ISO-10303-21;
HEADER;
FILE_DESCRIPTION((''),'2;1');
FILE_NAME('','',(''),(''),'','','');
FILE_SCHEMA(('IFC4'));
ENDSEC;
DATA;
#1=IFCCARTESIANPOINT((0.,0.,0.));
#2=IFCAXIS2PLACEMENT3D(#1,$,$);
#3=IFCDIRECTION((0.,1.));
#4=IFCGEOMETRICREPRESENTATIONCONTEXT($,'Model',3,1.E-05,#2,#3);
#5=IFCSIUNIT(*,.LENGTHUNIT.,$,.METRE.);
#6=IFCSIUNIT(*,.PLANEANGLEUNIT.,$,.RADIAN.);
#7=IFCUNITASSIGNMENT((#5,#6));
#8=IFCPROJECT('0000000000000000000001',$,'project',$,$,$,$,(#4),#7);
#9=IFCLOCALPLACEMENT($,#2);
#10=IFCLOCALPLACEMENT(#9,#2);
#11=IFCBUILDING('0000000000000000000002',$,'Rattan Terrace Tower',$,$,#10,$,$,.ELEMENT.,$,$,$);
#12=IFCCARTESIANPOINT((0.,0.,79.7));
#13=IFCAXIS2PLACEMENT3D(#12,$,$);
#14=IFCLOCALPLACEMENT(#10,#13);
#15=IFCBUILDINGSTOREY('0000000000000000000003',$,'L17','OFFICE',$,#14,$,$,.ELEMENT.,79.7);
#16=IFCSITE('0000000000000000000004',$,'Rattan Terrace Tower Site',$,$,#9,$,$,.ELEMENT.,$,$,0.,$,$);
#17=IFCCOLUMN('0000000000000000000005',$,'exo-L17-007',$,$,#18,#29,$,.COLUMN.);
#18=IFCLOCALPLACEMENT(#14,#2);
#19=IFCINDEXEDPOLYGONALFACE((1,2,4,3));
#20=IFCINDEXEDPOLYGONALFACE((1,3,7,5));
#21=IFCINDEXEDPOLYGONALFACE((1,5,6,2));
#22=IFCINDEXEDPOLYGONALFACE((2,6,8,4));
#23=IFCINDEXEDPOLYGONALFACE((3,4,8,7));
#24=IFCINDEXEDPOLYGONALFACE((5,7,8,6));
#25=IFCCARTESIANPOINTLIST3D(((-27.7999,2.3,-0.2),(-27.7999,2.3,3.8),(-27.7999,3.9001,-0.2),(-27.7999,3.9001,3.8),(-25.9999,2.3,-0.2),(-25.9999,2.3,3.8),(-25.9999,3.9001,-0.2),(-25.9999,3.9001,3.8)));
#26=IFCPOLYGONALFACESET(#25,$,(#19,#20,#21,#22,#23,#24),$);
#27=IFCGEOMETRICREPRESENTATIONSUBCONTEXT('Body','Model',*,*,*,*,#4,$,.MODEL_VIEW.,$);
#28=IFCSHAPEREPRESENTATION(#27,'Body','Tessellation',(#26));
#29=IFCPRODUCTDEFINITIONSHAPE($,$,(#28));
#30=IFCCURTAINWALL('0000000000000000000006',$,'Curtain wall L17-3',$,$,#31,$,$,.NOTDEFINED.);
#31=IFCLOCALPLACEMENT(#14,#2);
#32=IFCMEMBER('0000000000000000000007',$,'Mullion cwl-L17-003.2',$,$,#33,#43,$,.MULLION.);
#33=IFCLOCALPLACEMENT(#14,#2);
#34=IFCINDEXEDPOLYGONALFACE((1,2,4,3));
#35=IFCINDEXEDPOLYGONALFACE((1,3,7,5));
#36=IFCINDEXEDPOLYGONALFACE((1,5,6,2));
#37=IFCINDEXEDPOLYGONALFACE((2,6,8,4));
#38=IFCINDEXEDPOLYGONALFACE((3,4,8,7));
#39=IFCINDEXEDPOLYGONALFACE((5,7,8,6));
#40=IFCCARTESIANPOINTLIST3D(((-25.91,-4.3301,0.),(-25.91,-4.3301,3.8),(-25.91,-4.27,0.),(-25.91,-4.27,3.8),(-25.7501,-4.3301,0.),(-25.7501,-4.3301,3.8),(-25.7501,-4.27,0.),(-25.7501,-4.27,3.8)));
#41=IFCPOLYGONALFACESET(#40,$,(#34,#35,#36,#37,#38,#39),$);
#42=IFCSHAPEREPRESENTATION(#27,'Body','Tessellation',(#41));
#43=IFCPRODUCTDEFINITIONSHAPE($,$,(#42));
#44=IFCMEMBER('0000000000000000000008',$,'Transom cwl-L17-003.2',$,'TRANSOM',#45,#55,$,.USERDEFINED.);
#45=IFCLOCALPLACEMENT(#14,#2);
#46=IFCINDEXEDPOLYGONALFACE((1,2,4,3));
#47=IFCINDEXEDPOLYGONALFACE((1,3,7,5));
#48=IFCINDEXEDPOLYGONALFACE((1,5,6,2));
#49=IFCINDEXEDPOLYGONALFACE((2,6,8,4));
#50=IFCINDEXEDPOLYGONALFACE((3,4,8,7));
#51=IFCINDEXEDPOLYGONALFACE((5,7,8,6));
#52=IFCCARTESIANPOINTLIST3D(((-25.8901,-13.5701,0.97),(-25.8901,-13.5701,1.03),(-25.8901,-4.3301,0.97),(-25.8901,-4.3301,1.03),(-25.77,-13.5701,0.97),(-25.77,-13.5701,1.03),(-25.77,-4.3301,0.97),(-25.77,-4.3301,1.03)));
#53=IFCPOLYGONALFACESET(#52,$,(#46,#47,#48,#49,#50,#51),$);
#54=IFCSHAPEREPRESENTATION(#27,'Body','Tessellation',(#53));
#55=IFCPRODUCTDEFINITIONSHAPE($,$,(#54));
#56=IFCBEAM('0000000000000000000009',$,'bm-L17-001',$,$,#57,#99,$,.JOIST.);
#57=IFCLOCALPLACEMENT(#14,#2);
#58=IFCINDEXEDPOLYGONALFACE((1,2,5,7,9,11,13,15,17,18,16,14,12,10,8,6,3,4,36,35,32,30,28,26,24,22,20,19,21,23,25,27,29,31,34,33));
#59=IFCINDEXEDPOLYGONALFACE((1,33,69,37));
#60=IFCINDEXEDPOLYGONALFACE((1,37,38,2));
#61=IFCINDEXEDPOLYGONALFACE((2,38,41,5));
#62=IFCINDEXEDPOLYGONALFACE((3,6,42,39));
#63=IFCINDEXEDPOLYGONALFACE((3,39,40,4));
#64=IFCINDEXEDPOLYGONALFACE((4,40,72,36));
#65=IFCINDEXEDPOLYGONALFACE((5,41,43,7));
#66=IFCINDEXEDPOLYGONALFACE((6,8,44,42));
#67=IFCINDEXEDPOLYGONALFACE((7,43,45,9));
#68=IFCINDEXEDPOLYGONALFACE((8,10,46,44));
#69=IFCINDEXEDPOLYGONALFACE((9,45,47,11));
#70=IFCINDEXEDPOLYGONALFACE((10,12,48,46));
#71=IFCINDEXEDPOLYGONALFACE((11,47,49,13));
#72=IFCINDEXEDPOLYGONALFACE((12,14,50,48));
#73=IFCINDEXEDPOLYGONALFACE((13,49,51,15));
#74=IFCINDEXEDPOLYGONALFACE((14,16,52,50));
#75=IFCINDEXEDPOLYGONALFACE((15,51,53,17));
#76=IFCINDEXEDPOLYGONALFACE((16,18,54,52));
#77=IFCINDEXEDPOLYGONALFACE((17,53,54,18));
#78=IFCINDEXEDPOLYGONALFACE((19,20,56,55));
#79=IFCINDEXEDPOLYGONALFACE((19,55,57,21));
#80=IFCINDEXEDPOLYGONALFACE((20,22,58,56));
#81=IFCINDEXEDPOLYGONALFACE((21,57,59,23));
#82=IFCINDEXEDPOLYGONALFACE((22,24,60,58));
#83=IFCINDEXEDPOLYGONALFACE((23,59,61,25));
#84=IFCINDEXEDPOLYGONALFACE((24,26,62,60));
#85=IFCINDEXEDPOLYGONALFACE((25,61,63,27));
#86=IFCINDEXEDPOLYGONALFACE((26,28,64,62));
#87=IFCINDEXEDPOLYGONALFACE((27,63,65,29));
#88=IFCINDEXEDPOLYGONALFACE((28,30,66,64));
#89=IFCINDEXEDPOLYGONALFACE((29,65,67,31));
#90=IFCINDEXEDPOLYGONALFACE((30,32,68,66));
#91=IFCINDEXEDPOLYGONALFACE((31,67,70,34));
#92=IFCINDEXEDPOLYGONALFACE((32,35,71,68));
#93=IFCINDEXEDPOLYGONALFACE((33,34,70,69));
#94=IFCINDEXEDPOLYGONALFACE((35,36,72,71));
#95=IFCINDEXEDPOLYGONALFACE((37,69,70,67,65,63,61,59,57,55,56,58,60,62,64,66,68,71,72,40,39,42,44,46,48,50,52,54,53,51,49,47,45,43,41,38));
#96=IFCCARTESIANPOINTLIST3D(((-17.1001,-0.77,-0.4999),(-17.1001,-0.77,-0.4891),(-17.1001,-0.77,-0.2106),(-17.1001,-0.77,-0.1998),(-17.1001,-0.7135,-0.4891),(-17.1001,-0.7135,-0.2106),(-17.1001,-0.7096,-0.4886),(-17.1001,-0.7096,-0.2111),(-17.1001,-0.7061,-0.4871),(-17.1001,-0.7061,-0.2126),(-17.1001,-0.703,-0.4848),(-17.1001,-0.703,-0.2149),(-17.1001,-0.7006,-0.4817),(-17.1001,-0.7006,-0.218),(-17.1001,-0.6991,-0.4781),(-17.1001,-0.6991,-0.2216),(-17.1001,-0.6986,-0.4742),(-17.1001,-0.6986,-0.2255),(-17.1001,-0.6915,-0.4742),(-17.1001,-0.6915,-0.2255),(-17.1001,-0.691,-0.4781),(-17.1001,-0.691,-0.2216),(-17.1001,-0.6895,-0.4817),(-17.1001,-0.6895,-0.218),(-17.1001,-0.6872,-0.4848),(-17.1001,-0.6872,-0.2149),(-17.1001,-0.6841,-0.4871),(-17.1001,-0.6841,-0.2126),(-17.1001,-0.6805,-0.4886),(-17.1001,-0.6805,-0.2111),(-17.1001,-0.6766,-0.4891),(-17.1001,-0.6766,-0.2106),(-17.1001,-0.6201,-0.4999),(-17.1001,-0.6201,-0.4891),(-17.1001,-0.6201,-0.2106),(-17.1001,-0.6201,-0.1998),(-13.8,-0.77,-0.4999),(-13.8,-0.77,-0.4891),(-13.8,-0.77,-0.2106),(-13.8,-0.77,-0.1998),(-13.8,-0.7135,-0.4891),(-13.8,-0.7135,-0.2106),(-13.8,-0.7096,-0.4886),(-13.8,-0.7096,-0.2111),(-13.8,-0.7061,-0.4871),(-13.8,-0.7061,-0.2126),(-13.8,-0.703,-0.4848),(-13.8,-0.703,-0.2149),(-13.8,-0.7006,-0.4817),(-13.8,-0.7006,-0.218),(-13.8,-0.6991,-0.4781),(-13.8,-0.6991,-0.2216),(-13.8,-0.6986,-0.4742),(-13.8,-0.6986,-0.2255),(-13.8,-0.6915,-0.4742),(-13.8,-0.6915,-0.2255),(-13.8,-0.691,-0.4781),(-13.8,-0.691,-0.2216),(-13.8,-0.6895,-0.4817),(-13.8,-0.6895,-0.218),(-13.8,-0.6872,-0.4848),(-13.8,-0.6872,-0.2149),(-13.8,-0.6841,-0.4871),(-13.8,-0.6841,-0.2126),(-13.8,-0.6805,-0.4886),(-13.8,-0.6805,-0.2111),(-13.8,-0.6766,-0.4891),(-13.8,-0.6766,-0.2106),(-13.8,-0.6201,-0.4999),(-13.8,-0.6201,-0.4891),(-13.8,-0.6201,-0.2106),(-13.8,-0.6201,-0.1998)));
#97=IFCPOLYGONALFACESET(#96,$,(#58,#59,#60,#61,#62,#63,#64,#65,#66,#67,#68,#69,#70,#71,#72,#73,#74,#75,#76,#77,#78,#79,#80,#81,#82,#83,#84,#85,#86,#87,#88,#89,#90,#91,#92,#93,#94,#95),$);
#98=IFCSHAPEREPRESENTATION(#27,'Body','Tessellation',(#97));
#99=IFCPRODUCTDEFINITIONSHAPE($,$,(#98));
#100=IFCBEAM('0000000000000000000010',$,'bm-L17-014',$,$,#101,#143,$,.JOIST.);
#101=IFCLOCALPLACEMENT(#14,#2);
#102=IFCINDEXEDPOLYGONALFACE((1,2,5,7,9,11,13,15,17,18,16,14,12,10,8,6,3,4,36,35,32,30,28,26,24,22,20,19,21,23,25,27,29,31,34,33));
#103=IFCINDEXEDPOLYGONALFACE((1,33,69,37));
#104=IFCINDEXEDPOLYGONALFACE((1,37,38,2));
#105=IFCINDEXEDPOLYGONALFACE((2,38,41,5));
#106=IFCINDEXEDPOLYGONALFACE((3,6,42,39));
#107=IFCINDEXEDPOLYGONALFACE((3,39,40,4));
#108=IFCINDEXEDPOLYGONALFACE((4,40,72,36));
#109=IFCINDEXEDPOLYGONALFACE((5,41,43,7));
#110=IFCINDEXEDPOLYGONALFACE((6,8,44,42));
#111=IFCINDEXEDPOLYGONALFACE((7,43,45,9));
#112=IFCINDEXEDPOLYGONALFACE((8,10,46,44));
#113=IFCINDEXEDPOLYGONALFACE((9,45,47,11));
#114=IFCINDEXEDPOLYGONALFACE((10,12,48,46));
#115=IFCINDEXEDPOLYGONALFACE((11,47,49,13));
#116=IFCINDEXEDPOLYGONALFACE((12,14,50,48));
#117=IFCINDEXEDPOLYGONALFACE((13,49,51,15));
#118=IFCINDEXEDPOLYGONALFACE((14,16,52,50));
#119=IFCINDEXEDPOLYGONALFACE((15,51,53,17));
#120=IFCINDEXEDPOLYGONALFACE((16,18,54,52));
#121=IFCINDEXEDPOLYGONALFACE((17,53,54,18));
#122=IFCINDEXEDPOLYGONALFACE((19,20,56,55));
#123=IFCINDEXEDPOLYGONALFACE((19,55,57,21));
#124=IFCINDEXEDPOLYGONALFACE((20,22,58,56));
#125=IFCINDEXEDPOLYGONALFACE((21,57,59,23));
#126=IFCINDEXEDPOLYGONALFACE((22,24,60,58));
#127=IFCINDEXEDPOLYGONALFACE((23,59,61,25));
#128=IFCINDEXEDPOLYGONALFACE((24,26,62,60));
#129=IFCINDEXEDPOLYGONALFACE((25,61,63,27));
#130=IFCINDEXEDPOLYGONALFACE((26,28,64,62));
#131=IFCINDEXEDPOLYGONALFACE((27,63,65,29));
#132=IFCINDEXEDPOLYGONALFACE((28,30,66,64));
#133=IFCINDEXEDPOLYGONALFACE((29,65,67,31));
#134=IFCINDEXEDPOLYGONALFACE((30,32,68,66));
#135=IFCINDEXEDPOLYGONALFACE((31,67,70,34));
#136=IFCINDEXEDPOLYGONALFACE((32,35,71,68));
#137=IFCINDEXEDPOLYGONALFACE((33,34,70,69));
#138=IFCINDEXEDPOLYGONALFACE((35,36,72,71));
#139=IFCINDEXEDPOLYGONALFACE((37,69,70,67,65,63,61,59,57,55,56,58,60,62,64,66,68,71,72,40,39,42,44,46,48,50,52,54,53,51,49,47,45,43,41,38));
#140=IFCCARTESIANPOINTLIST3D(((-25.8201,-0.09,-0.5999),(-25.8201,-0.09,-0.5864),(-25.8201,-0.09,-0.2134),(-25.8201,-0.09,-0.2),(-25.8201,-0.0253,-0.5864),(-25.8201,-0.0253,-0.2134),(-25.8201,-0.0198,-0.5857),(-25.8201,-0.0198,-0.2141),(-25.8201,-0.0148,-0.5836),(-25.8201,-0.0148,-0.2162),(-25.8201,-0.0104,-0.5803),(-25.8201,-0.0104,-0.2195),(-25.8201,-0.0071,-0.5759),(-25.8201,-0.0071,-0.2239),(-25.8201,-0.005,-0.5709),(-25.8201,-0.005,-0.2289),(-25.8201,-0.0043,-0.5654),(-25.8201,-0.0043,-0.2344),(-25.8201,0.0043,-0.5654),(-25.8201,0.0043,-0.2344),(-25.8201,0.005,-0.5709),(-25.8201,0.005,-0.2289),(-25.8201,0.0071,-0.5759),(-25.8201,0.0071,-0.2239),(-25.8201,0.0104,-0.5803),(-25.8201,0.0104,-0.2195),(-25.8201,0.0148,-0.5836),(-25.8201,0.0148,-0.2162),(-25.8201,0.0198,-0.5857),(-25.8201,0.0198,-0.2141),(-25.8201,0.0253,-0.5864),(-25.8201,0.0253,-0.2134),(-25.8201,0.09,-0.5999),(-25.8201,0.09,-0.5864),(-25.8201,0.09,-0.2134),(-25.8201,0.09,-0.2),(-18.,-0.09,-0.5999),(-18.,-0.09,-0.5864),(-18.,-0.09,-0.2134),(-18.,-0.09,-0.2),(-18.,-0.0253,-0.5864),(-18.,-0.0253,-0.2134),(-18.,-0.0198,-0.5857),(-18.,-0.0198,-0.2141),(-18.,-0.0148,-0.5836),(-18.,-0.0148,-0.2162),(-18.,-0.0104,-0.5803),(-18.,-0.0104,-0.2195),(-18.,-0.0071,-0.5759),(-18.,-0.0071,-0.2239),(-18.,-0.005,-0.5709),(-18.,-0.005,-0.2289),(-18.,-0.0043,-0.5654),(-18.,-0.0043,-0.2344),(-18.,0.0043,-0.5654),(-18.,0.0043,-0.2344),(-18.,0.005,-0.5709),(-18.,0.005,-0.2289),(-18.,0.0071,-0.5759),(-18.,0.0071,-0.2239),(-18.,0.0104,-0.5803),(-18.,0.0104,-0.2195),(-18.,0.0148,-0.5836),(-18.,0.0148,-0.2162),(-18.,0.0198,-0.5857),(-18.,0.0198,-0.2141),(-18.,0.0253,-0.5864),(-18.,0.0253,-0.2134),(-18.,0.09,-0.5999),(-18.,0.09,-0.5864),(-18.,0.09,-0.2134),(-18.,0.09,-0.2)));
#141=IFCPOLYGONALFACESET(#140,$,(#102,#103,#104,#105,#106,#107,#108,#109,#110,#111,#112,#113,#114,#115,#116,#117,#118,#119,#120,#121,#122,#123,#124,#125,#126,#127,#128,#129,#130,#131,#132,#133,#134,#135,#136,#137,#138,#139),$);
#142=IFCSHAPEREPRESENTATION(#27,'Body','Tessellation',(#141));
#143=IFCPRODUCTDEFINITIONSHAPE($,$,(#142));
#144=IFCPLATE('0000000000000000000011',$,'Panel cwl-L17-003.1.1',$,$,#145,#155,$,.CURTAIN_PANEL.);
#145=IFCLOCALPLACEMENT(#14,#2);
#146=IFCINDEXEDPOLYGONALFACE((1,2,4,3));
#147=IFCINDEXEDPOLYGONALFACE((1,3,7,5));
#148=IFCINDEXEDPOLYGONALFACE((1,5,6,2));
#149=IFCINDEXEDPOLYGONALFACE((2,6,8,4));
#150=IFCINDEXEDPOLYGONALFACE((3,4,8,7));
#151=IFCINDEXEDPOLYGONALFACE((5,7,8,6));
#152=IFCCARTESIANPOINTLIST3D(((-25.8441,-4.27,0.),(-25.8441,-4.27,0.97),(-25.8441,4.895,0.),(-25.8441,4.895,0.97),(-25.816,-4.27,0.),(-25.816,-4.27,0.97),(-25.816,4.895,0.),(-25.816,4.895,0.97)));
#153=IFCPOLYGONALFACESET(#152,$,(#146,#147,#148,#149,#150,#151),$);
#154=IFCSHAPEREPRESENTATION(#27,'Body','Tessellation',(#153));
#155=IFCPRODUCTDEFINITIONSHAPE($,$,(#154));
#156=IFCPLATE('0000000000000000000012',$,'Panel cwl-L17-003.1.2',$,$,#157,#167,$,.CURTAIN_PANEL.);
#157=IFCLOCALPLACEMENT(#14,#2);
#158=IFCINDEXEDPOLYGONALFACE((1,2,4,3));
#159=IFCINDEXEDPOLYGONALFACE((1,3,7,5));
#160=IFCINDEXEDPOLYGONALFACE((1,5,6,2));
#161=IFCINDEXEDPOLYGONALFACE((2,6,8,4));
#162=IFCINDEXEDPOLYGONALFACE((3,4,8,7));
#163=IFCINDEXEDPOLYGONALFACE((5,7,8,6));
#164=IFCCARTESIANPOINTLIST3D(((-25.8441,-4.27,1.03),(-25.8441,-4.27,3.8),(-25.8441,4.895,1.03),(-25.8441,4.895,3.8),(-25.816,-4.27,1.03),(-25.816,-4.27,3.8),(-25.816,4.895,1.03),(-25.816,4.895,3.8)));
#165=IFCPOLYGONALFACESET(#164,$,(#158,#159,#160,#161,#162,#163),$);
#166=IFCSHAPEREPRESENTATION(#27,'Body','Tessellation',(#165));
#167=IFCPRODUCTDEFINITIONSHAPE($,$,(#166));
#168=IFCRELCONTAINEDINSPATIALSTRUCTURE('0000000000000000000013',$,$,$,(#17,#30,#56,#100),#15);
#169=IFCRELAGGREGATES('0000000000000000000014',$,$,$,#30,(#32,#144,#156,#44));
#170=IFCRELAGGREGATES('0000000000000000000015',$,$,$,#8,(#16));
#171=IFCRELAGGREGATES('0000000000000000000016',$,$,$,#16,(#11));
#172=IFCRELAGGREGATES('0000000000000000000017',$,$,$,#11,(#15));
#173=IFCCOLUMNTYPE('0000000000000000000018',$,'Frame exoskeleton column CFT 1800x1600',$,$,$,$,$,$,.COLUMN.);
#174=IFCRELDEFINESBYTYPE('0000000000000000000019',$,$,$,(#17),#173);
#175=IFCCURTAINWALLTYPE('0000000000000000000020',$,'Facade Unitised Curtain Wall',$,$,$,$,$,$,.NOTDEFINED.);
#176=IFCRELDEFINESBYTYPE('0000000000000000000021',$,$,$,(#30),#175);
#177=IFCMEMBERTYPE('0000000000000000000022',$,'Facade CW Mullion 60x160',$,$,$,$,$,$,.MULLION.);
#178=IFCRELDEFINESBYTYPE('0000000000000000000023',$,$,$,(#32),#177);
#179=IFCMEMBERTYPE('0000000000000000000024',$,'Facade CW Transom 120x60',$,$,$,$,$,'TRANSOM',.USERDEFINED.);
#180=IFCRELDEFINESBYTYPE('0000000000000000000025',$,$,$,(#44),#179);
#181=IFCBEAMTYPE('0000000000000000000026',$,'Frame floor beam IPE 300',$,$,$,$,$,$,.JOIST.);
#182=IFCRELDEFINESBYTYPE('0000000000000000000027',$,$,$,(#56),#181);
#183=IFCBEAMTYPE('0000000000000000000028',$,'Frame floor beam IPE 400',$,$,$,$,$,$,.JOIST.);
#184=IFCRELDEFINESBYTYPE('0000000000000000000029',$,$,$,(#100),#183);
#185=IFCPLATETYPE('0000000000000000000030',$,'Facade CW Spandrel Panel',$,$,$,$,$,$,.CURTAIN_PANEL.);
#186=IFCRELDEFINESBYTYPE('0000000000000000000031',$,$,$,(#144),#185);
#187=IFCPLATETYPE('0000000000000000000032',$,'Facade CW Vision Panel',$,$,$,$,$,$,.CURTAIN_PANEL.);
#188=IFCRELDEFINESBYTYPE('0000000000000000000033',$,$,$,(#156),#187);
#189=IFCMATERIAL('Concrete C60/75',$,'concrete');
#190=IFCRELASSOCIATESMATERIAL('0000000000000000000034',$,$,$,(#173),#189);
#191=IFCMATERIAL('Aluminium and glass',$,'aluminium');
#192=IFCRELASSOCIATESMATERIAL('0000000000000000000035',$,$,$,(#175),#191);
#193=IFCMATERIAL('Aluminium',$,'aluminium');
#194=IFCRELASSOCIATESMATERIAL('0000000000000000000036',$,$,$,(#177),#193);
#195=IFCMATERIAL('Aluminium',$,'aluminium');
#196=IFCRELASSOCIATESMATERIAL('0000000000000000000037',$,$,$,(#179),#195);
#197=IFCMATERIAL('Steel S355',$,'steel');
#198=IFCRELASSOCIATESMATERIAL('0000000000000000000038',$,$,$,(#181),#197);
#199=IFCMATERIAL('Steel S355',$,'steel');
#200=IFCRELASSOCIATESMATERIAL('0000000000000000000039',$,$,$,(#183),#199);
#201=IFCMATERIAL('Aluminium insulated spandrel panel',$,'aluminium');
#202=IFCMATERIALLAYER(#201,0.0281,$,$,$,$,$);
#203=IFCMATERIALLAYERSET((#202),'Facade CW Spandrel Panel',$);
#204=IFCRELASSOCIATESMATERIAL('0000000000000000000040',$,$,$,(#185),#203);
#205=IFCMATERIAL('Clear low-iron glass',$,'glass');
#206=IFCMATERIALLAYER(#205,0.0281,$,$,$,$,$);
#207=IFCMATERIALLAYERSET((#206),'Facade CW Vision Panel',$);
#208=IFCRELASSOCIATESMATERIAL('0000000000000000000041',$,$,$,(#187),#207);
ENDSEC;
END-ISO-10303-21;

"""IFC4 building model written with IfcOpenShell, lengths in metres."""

from ifc_helpers import new_model, si_unit, direction, frame, origin, origin_2d, place, context, subcontext, project, spatial, rectangle, i_section, extrude, material, layer, layer_set, material_profile, profile_set, type_object, element, aggregate, save


model = new_model("IFC4")

# Units and contexts
model_context = context("Model", 3, precision=1e-05, world=origin(), true_north=direction((0.0, 1.0)))
body_context = subcontext(model_context, "Body", "Model", "MODEL_VIEW")
ifc_project = project(units=[si_unit("LENGTHUNIT", "METRE"), si_unit("PLANEANGLEUNIT", "RADIAN")], contexts=[model_context])

# Site, building, storey
site_placement = place(None, origin())
site = spatial("IfcSite", under=ifc_project, at=site_placement, Name="Rattan Terrace Tower Site", CompositionType="ELEMENT", RefElevation=0.0)
building_placement = place(site_placement, origin())
building = spatial("IfcBuilding", under=site, at=building_placement, Name="Rattan Terrace Tower", CompositionType="ELEMENT")
storey_placement = place(building_placement, frame((0.0, 0.0, 79.7)))
storey = spatial("IfcBuildingStorey", under=building, at=storey_placement, Name="L17", Description="OFFICE", CompositionType="ELEMENT", Elevation=79.7)

# Column
ifc_material_1 = material(Name="Concrete C60/75", Category="concrete")
ifc_material_profile_1 = material_profile(ifc_material_1, rectangle(XDim=1.6001, YDim=1.8, at=origin_2d()), Name="CFT 1800x1600")
ifc_profile_set_1 = profile_set([ifc_material_profile_1], Name="Concrete C60/75")
column_type = type_object("IfcColumnType", Name="Frame exoskeleton column CFT 1800x1600", PredefinedType="COLUMN", material=ifc_profile_set_1)
column_placement = place(storey_placement, frame((-26.8999, 3.1001, -0.2), z_axis=(0.0, 0.0, 1.0), x_axis=(0.0, 1.0, 0.0)))
element("IfcColumn", 1, at=column_placement, inside=storey, type_object=column_type, Name="exo-L17-007", PredefinedType="COLUMN", context=body_context, shape_type="SweptSolid", body=[
    extrude(rectangle(XDim=1.6001, YDim=1.8, at=origin_2d()), origin(), (0.0, 0.0, 1.0), 4.0),
])

# Curtain wall, members
ifc_material_2 = material(Name="Aluminium and glass", Category="aluminium")
curtain_wall_type = type_object("IfcCurtainWallType", Name="Facade Unitised Curtain Wall", PredefinedType="NOTDEFINED", material=ifc_material_2)
curtain_wall_placement = place(storey_placement, origin())
curtain_wall = element("IfcCurtainWall", 2, at=curtain_wall_placement, inside=storey, type_object=curtain_wall_type, Name="Curtain wall L17-3", PredefinedType="NOTDEFINED")
ifc_material_3 = material(Name="Aluminium", Category="aluminium")
ifc_material_profile_2 = material_profile(ifc_material_3, rectangle(XDim=0.0601, YDim=0.1599, at=origin_2d()), Name="Aluminium 60x160")
ifc_profile_set_2 = profile_set([ifc_material_profile_2], Name="Aluminium")
member_type_1 = type_object("IfcMemberType", Name="Facade CW Mullion 60x160", PredefinedType="MULLION", material=ifc_profile_set_2)
member_1_placement = place(storey_placement, frame((-25.8301, -4.3, 0.0), z_axis=(0.0, 0.0, 1.0), x_axis=(0.0, -1.0, 0.0)))
member_1 = element("IfcMember", 3, at=member_1_placement, type_object=member_type_1, Name="Mullion cwl-L17-003.2", PredefinedType="MULLION", context=body_context, shape_type="SweptSolid", body=[
    extrude(rectangle(XDim=0.0601, YDim=0.1599, at=origin_2d()), origin(), (0.0, 0.0, 1.0), 3.8),
])
ifc_material_4 = material(Name="Aluminium", Category="aluminium")
ifc_material_profile_3 = material_profile(ifc_material_4, rectangle(XDim=0.1201, YDim=0.0601, at=origin_2d()), Name="Aluminium 120x60")
ifc_profile_set_3 = profile_set([ifc_material_profile_3], Name="Aluminium")
member_type_2 = type_object("IfcMemberType", Name="Facade CW Transom 120x60", ElementType="TRANSOM", PredefinedType="USERDEFINED", material=ifc_profile_set_3)
member_2_placement = place(storey_placement, frame((-25.8301, -4.3301, 1.0), z_axis=(0.0, -1.0, 0.0), x_axis=(1.0, 0.0, 0.0)))
member_2 = element("IfcMember", 4, at=member_2_placement, type_object=member_type_2, Name="Transom cwl-L17-003.2", ObjectType="TRANSOM", PredefinedType="USERDEFINED", context=body_context, shape_type="SweptSolid", body=[
    extrude(rectangle(XDim=0.1201, YDim=0.0601, at=origin_2d()), origin(), (0.0, 0.0, 1.0), 9.24),
])

# Beams
ifc_material_5 = material(Name="Steel S355", Category="steel")
ifc_material_profile_4 = material_profile(ifc_material_5, i_section(OverallWidth=0.1499, OverallDepth=0.3, WebThickness=0.0071, FlangeThickness=0.0107, FilletRadius=0.0149, at=origin_2d()), Name="IPE 300")
ifc_profile_set_4 = profile_set([ifc_material_profile_4], Name="Steel S355")
beam_type_1 = type_object("IfcBeamType", Name="Frame floor beam IPE 300", PredefinedType="JOIST", material=ifc_profile_set_4)
beam_1_placement = place(storey_placement, frame((-17.1001, -0.6951, -0.3499), z_axis=(1.0, 0.0, 0.0), x_axis=(0.0, 1.0, 0.0)))
element("IfcBeam", 5, at=beam_1_placement, inside=storey, type_object=beam_type_1, Name="bm-L17-001", PredefinedType="JOIST", context=body_context, shape_type="SweptSolid", body=[
    extrude(i_section(OverallWidth=0.1499, OverallDepth=0.3, WebThickness=0.0071, FlangeThickness=0.0107, FilletRadius=0.0149, at=origin_2d()), origin(), (0.0, 0.0, 1.0), 3.3),
])
ifc_material_6 = material(Name="Steel S355", Category="steel")
ifc_material_profile_5 = material_profile(ifc_material_6, i_section(OverallWidth=0.1799, OverallDepth=0.3999, WebThickness=0.0085, FlangeThickness=0.0134, FilletRadius=0.021, at=origin_2d()), Name="IPE 400")
ifc_profile_set_5 = profile_set([ifc_material_profile_5], Name="Steel S355")
beam_type_2 = type_object("IfcBeamType", Name="Frame floor beam IPE 400", PredefinedType="JOIST", material=ifc_profile_set_5)
beam_2_placement = place(storey_placement, frame((-25.8201, 0.0, -0.3999), z_axis=(1.0, 0.0, 0.0), x_axis=(0.0, 1.0, 0.0)))
element("IfcBeam", 6, at=beam_2_placement, inside=storey, type_object=beam_type_2, Name="bm-L17-014", PredefinedType="JOIST", context=body_context, shape_type="SweptSolid", body=[
    extrude(i_section(OverallWidth=0.1799, OverallDepth=0.3999, WebThickness=0.0085, FlangeThickness=0.0134, FilletRadius=0.021, at=origin_2d()), origin(), (0.0, 0.0, 1.0), 7.8201),
])

# Plates
ifc_material_7 = material(Name="Aluminium insulated spandrel panel", Category="aluminium")
ifc_layer_1 = layer(ifc_material_7, 0.0281)
ifc_layer_set_1 = layer_set([ifc_layer_1], Name="Facade CW Spandrel Panel")
plate_type_1 = type_object("IfcPlateType", Name="Facade CW Spandrel Panel", PredefinedType="CURTAIN_PANEL", material=ifc_layer_set_1)
plate_1_placement = place(storey_placement, frame((-25.8301, 0.3125, 0.0), z_axis=(0.0, 0.0, 1.0), x_axis=(0.0, -1.0, 0.0)))
plate_1 = element("IfcPlate", 7, at=plate_1_placement, type_object=plate_type_1, Name="Panel cwl-L17-003.1.1", PredefinedType="CURTAIN_PANEL", context=body_context, shape_type="SweptSolid", body=[
    extrude(rectangle(XDim=9.165, YDim=0.0281, at=origin_2d()), origin(), (0.0, 0.0, 1.0), 0.97),
])
ifc_material_8 = material(Name="Clear low-iron glass", Category="glass")
ifc_layer_2 = layer(ifc_material_8, 0.0281)
ifc_layer_set_2 = layer_set([ifc_layer_2], Name="Facade CW Vision Panel")
plate_type_2 = type_object("IfcPlateType", Name="Facade CW Vision Panel", PredefinedType="CURTAIN_PANEL", material=ifc_layer_set_2)
plate_2_placement = place(storey_placement, frame((-25.8301, 0.3125, 1.03), z_axis=(0.0, 0.0, 1.0), x_axis=(0.0, -1.0, 0.0)))
plate_2 = element("IfcPlate", 8, at=plate_2_placement, type_object=plate_type_2, Name="Panel cwl-L17-003.1.2", PredefinedType="CURTAIN_PANEL", context=body_context, shape_type="SweptSolid", body=[
    extrude(rectangle(XDim=9.165, YDim=0.0281, at=origin_2d()), origin(), (0.0, 0.0, 1.0), 2.77),
])
aggregate(curtain_wall, [member_1, plate_1, plate_2, member_2])

save(model, "model.ifc")
